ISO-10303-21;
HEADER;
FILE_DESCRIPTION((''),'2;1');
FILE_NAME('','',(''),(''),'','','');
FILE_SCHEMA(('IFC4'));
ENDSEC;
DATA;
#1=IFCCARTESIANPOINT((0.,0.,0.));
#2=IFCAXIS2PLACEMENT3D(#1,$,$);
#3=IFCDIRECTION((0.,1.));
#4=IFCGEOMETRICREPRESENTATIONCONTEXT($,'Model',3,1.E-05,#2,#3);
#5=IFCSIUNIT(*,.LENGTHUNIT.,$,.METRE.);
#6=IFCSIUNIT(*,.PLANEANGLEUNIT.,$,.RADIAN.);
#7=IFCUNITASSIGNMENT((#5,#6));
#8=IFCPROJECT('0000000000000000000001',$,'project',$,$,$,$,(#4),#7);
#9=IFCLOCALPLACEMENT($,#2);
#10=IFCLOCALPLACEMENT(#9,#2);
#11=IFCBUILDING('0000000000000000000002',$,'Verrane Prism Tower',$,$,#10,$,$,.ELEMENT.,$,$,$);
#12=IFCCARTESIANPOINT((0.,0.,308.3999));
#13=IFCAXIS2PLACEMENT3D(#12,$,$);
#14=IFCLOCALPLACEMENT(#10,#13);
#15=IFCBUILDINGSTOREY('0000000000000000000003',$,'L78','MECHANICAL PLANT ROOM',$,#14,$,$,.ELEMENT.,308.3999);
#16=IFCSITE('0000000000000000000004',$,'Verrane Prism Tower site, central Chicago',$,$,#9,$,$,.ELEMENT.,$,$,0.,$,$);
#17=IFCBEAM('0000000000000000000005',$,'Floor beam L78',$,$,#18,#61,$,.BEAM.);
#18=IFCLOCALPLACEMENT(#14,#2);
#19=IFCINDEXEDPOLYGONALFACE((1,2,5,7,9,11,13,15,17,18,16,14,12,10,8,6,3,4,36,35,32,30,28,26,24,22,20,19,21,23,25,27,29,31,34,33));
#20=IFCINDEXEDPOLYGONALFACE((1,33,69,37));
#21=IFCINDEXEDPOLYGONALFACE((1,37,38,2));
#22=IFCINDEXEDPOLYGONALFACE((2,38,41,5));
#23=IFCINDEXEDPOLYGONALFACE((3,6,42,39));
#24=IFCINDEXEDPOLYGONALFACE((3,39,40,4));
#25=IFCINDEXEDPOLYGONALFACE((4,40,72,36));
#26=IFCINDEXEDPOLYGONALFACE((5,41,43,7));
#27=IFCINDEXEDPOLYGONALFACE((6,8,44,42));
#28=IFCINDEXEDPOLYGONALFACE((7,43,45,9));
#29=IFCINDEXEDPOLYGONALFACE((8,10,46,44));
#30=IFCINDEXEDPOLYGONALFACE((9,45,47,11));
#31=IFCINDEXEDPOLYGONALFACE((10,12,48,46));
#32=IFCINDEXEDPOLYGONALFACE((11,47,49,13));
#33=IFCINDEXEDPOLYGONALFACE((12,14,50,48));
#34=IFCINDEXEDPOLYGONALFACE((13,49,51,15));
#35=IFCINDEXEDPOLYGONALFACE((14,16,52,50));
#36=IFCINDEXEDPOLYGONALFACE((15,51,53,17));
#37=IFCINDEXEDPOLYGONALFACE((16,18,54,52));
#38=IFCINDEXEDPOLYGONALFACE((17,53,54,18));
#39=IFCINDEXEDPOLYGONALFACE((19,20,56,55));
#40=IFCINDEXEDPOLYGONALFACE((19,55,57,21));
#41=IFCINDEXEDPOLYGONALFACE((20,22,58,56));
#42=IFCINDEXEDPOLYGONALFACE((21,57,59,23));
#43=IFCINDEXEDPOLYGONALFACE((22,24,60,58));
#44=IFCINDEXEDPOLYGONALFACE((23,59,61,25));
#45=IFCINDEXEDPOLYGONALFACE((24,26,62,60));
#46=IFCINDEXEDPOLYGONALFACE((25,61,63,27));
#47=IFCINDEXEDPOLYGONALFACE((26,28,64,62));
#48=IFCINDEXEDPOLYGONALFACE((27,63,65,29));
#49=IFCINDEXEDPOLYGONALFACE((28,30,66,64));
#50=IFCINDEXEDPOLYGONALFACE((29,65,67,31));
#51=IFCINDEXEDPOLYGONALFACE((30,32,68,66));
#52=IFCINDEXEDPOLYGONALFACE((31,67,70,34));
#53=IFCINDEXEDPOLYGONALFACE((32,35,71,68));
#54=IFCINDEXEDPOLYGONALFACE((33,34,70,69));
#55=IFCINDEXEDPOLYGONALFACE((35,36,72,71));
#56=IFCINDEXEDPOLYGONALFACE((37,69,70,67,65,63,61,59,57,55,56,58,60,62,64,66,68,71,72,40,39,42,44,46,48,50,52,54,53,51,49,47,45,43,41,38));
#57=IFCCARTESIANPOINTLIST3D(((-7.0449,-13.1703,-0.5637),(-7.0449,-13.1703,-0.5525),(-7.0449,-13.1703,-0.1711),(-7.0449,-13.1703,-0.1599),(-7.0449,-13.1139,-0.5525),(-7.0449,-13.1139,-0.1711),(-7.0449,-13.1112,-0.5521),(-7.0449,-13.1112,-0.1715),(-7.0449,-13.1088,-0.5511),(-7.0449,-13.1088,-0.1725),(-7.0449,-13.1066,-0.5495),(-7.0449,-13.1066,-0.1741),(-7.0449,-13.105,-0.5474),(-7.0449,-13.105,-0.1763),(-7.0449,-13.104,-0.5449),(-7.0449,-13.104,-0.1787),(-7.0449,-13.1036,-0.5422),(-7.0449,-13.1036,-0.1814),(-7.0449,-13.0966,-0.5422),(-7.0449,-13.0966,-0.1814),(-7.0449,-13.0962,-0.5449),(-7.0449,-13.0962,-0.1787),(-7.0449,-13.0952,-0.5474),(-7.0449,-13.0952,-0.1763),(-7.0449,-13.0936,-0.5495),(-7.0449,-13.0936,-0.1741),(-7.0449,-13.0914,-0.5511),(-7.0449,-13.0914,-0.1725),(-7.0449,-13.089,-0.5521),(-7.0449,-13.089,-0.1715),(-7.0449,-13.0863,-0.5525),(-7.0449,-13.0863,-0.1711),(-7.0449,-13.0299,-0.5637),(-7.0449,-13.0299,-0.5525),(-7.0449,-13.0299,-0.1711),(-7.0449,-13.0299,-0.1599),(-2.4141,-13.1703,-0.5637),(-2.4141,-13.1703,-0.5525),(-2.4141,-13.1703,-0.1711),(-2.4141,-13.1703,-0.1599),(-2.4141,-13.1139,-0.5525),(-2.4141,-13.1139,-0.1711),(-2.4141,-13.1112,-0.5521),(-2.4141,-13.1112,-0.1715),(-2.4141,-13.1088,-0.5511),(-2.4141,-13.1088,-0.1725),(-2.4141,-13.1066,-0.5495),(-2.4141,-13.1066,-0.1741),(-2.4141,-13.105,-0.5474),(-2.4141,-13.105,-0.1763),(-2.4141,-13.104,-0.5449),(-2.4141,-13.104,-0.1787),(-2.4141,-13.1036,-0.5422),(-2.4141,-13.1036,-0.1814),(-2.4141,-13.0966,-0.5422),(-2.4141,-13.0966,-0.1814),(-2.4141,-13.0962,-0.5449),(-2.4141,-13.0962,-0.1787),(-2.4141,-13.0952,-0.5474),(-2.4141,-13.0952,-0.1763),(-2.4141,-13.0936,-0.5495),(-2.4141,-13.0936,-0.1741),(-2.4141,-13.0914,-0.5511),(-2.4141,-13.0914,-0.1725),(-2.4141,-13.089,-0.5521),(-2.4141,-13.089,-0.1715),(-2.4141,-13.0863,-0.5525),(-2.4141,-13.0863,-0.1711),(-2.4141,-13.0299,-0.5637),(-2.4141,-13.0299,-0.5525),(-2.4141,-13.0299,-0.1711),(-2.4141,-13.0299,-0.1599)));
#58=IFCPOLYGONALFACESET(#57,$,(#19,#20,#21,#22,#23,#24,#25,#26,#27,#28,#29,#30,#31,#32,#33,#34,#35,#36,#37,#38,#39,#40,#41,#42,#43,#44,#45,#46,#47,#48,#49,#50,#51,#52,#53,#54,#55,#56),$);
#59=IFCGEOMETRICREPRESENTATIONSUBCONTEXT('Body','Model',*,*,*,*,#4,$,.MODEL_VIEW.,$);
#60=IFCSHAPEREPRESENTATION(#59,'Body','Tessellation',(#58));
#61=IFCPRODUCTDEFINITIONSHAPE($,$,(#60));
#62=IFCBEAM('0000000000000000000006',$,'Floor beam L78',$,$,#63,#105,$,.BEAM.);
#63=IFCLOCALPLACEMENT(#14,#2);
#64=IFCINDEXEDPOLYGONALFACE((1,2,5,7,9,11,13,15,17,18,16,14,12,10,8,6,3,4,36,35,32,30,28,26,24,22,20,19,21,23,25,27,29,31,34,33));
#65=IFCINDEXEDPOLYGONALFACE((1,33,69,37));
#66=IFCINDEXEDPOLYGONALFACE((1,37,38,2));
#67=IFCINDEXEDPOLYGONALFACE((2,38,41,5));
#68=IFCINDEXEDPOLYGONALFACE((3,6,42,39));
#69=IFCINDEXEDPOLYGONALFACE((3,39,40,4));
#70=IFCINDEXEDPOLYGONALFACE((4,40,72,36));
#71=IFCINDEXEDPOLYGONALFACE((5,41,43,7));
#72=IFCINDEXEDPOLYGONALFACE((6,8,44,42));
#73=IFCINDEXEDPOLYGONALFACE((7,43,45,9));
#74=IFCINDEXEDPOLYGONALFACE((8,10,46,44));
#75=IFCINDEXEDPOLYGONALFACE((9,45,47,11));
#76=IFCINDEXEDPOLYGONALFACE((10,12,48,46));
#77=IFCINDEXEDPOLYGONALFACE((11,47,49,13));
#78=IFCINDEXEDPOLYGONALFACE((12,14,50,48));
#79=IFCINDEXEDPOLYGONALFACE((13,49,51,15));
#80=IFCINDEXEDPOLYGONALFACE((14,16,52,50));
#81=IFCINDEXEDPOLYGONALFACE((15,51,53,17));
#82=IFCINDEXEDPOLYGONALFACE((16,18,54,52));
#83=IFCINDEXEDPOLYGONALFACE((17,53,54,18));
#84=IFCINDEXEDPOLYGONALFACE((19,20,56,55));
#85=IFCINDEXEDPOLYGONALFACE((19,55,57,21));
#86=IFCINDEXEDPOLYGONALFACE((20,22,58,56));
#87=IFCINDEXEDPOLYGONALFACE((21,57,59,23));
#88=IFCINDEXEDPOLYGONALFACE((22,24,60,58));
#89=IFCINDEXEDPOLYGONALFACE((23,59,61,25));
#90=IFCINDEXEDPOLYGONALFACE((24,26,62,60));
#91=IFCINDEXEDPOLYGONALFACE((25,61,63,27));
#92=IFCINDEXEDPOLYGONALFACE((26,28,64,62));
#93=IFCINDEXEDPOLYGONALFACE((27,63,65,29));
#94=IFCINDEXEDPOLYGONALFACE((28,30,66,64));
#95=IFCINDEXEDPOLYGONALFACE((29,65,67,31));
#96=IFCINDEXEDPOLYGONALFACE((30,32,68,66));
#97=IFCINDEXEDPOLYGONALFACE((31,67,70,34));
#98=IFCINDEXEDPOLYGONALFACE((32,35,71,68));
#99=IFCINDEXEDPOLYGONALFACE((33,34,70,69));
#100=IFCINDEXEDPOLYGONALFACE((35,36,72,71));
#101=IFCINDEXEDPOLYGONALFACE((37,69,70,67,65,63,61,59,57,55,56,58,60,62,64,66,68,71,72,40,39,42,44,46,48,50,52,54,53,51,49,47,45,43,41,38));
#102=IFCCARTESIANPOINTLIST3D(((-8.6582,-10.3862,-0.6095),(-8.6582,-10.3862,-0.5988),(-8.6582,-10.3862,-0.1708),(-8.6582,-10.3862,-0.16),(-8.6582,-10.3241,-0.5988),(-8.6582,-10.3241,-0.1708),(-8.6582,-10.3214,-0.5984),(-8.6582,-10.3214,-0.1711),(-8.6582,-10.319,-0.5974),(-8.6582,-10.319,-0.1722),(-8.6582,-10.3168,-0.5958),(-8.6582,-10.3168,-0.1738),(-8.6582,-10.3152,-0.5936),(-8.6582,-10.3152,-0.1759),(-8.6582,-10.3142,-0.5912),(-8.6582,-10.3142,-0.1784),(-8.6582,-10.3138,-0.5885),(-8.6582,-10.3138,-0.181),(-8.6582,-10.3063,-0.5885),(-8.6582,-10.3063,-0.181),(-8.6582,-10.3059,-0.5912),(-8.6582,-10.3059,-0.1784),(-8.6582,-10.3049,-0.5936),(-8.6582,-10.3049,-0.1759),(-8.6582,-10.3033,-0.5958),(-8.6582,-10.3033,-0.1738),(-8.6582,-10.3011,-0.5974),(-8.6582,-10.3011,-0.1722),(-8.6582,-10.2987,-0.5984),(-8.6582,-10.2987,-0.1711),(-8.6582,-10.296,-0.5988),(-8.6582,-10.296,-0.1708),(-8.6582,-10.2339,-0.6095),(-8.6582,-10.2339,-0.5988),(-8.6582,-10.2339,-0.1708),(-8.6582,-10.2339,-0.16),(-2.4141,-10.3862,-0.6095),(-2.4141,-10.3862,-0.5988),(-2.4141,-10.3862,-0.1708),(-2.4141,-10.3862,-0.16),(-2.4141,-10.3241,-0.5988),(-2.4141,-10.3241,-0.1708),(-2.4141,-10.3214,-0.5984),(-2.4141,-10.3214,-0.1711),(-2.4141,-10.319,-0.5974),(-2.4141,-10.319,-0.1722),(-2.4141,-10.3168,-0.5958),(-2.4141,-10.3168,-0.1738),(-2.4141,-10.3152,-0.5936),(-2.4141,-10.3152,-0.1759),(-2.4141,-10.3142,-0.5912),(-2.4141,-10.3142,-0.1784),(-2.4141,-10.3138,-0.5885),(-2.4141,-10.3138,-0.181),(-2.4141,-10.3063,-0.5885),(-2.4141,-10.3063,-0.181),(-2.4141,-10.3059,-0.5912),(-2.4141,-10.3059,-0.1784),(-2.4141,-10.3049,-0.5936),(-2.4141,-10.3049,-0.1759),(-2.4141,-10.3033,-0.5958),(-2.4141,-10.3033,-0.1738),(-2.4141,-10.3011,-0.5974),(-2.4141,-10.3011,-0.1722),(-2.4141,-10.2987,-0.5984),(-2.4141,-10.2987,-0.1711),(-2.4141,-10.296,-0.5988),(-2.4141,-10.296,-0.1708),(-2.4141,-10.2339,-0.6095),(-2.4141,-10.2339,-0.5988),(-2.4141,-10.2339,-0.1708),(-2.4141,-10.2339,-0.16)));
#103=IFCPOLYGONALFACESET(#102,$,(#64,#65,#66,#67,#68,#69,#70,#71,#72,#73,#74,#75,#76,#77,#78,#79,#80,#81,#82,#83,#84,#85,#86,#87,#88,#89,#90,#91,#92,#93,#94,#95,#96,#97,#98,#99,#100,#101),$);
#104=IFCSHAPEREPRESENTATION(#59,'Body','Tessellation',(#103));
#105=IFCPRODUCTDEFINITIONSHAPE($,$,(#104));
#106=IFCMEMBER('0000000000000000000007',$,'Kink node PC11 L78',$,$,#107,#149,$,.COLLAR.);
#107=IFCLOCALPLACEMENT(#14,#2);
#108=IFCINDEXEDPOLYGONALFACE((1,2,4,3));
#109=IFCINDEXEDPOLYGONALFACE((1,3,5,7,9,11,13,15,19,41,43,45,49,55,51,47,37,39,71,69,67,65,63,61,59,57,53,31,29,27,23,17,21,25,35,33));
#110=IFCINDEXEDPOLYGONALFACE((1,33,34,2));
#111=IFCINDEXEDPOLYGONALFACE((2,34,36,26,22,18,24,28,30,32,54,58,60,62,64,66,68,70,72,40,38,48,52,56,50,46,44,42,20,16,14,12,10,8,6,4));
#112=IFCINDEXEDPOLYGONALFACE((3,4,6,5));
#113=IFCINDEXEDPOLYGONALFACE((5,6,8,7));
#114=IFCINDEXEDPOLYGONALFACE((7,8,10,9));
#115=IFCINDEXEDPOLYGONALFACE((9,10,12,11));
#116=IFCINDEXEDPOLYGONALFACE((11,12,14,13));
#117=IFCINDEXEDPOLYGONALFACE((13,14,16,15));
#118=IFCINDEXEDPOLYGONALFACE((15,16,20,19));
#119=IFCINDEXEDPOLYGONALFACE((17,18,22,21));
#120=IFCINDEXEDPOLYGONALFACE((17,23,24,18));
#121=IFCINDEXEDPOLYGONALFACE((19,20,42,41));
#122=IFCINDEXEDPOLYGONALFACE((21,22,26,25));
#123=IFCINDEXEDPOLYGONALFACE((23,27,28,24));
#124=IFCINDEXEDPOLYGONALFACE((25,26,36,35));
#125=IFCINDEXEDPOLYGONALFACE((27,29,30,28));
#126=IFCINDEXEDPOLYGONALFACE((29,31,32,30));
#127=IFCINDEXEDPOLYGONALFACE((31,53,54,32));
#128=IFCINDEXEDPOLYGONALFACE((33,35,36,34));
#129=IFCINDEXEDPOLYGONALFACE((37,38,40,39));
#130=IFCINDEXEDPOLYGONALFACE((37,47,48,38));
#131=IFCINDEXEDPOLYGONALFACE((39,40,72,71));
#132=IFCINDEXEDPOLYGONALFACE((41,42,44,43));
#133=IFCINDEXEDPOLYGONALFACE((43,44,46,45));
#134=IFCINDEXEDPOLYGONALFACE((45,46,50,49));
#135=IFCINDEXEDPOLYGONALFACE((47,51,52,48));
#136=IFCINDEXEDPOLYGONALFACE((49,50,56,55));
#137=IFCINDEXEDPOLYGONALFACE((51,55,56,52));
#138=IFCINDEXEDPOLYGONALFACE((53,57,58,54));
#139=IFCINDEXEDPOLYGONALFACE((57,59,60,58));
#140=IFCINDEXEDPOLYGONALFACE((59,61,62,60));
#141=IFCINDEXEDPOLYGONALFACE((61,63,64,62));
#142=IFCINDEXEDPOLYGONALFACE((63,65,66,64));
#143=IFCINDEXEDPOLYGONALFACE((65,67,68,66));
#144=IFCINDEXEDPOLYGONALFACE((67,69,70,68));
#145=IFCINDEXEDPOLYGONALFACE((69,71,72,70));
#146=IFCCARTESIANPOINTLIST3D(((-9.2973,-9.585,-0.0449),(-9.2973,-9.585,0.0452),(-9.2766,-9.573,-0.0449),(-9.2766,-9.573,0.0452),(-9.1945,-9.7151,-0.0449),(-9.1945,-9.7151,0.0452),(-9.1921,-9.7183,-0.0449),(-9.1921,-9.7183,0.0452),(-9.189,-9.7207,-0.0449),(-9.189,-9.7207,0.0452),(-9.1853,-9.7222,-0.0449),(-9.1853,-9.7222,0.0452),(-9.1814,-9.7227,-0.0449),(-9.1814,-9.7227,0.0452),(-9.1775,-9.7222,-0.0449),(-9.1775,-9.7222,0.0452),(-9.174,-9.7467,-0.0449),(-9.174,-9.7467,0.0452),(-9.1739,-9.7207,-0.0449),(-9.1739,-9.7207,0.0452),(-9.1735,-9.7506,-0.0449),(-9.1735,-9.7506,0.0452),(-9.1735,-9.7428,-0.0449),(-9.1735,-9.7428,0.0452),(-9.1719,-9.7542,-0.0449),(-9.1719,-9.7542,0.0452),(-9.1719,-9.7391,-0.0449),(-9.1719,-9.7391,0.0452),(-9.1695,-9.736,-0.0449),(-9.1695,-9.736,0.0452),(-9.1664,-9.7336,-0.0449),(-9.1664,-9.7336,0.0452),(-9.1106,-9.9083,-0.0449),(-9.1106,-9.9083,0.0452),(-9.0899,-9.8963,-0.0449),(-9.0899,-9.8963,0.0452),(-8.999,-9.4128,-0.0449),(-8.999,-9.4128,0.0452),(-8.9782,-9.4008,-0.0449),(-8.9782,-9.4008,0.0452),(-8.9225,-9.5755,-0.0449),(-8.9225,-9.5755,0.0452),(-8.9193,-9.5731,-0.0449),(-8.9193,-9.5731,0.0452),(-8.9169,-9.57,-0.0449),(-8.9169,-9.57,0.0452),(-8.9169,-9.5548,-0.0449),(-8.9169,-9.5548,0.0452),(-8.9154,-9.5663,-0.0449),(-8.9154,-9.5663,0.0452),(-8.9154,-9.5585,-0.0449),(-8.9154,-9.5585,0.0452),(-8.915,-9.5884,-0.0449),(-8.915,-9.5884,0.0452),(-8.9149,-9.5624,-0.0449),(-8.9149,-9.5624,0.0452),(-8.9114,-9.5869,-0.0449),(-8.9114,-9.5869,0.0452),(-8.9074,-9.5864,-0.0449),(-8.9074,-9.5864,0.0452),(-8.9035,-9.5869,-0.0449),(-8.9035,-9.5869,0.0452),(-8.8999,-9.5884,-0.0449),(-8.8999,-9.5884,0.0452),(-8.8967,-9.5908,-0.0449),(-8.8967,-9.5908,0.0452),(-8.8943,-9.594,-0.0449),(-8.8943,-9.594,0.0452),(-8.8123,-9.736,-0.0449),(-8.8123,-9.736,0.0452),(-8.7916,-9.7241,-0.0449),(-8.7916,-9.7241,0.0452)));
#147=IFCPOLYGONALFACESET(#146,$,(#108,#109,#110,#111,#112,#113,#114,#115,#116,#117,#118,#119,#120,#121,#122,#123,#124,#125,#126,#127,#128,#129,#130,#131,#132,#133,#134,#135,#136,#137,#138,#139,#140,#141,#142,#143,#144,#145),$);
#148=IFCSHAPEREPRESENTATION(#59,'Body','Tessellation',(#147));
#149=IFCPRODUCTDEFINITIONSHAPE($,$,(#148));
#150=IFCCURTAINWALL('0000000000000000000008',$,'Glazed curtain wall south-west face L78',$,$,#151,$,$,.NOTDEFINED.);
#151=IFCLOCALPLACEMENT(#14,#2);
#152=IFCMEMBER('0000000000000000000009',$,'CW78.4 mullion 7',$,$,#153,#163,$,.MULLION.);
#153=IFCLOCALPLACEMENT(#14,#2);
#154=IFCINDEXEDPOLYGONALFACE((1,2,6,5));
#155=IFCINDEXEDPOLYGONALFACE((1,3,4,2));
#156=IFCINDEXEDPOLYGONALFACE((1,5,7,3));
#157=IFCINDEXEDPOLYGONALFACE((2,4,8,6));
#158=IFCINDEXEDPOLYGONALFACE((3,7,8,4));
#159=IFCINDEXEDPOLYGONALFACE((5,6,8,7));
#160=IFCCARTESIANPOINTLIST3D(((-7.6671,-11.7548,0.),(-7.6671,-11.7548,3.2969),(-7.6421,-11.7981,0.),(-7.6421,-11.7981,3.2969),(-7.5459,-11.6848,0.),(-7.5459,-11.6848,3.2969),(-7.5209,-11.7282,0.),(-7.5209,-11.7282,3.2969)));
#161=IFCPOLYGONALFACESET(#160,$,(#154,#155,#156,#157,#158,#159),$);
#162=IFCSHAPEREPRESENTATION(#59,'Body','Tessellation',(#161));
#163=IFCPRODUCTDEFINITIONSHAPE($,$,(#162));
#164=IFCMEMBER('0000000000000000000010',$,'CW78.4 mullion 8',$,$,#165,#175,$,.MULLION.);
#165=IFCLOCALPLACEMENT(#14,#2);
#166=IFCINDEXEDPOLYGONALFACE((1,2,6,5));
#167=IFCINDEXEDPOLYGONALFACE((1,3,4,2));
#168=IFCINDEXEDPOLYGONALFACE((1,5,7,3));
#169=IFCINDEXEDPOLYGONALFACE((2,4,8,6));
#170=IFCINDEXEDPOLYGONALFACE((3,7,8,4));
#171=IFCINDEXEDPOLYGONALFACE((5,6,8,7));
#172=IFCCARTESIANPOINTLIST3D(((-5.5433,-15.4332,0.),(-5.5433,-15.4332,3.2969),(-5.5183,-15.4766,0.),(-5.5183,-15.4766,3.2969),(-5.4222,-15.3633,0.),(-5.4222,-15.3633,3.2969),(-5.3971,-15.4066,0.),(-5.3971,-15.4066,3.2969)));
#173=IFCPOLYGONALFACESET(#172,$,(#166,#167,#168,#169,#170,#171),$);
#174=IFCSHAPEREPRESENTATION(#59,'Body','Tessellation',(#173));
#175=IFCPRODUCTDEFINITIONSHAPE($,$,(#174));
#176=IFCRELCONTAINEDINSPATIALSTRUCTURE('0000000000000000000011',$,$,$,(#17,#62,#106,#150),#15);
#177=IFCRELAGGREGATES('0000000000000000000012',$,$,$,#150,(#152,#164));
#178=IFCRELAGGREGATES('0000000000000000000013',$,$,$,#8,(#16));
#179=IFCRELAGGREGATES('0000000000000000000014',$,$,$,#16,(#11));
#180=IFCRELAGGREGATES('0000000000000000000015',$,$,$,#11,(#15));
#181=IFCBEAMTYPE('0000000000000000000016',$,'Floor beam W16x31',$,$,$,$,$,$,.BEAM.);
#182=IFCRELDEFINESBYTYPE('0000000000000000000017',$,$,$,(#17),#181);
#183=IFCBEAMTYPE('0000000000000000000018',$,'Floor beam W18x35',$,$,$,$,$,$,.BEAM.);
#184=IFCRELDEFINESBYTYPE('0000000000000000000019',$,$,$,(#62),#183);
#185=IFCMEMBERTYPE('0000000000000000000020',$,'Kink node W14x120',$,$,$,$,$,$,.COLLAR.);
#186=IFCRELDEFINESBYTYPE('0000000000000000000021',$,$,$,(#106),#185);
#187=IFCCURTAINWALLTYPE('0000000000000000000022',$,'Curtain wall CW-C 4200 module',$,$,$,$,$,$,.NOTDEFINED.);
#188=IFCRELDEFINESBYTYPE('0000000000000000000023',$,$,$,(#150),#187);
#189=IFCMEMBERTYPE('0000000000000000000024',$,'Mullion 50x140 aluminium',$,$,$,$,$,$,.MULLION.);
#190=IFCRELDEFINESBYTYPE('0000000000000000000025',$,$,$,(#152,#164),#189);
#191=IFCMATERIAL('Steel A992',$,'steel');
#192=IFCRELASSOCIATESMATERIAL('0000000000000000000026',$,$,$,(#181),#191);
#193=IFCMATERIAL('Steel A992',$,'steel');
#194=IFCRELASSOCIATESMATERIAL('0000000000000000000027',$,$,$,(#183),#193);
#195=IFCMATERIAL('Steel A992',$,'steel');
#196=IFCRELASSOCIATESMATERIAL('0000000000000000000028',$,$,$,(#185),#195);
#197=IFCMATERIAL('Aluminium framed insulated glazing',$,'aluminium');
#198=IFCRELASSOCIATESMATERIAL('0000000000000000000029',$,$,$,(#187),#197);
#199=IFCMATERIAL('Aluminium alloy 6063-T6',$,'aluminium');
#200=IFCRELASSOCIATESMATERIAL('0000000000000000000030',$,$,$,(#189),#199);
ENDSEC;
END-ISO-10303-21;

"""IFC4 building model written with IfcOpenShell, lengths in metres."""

from ifc_helpers import new_model, si_unit, direction, frame, origin, origin_2d, place, context, subcontext, project, spatial, rectangle, i_section, extrude, material, material_profile, profile_set, type_object, element, aggregate, save


model = new_model("IFC4")

# Units and contexts
model_context = context("Model", 3, precision=1e-05, world=origin(), true_north=direction((0.0, 1.0)))
body_context = subcontext(model_context, "Body", "Model", "MODEL_VIEW")
ifc_project = project(units=[si_unit("LENGTHUNIT", "METRE"), si_unit("PLANEANGLEUNIT", "RADIAN")], contexts=[model_context])

# Site, building, storey
site_placement = place(None, origin())
site = spatial("IfcSite", under=ifc_project, at=site_placement, Name="Verrane Prism Tower site, central Chicago", CompositionType="ELEMENT", RefElevation=0.0)
building_placement = place(site_placement, origin())
building = spatial("IfcBuilding", under=site, at=building_placement, Name="Verrane Prism Tower", CompositionType="ELEMENT")
storey_placement = place(building_placement, frame((0.0, 0.0, 308.3999)))
storey = spatial("IfcBuildingStorey", under=building, at=storey_placement, Name="L78", Description="MECHANICAL PLANT ROOM", CompositionType="ELEMENT", Elevation=308.3999)

# Beams
ifc_material_1 = material(Name="Steel A992", Category="steel")
ifc_material_profile_1 = material_profile(ifc_material_1, i_section(OverallWidth=0.1404, OverallDepth=0.4038, WebThickness=0.0071, FlangeThickness=0.0112, FilletRadius=0.0103, at=origin_2d()), Name="W16x31")
ifc_profile_set_1 = profile_set([ifc_material_profile_1], Name="Steel A992")
beam_type_1 = type_object("IfcBeamType", Name="Floor beam W16x31", PredefinedType="BEAM", material=ifc_profile_set_1)
beam_1_placement = place(storey_placement, frame((-7.0449, -13.1001, -0.3618), z_axis=(1.0, 0.0, 0.0), x_axis=(0.0, 1.0, 0.0)))
element("IfcBeam", 1, at=beam_1_placement, inside=storey, type_object=beam_type_1, Name="Floor beam L78", PredefinedType="BEAM", context=body_context, shape_type="SweptSolid", body=[
    extrude(i_section(OverallWidth=0.1404, OverallDepth=0.4038, WebThickness=0.0071, FlangeThickness=0.0112, FilletRadius=0.0103, at=origin_2d()), origin(), (0.0, 0.0, 1.0), 4.6309),
])
ifc_material_2 = material(Name="Steel A992", Category="steel")
ifc_material_profile_2 = material_profile(ifc_material_2, i_section(OverallWidth=0.1523, OverallDepth=0.4495, WebThickness=0.0076, FlangeThickness=0.0107, FilletRadius=0.0103, at=origin_2d()), Name="W18x35")
ifc_profile_set_2 = profile_set([ifc_material_profile_2], Name="Steel A992")
beam_type_2 = type_object("IfcBeamType", Name="Floor beam W18x35", PredefinedType="BEAM", material=ifc_profile_set_2)
beam_2_placement = place(storey_placement, frame((-8.6582, -10.3101, -0.3848), z_axis=(1.0, 0.0, 0.0), x_axis=(0.0, 1.0, 0.0)))
element("IfcBeam", 2, at=beam_2_placement, inside=storey, type_object=beam_type_2, Name="Floor beam L78", PredefinedType="BEAM", context=body_context, shape_type="SweptSolid", body=[
    extrude(i_section(OverallWidth=0.1523, OverallDepth=0.4495, WebThickness=0.0076, FlangeThickness=0.0107, FilletRadius=0.0103, at=origin_2d()), origin(), (0.0, 0.0, 1.0), 6.2441),
])

# Member
ifc_material_3 = material(Name="Steel A992", Category="steel")
ifc_material_profile_3 = material_profile(ifc_material_3, i_section(OverallWidth=0.3733, OverallDepth=0.3684, WebThickness=0.0149, FlangeThickness=0.0239, FilletRadius=0.0151, at=origin_2d()), Name="W14x120")
ifc_profile_set_3 = profile_set([ifc_material_profile_3], Name="Steel A992")
member_type_1 = type_object("IfcMemberType", Name="Kink node W14x120", PredefinedType="COLLAR", material=ifc_profile_set_3)
member_1_placement = place(storey_placement, frame((-9.0444, -9.6545, -0.0449), z_axis=(0.0, 0.0, 1.0), x_axis=(-0.5, 0.866025, 0.0)))
element("IfcMember", 3, at=member_1_placement, inside=storey, type_object=member_type_1, Name="Kink node PC11 L78", PredefinedType="COLLAR", context=body_context, shape_type="SweptSolid", body=[
    extrude(i_section(OverallWidth=0.3733, OverallDepth=0.3684, WebThickness=0.0149, FlangeThickness=0.0239, FilletRadius=0.0151, at=origin_2d()), origin(), (0.0, 0.0, 1.0), 0.0901),
])

# Curtain wall, members
ifc_material_4 = material(Name="Aluminium framed insulated glazing", Category="aluminium")
curtain_wall_type = type_object("IfcCurtainWallType", Name="Curtain wall CW-C 4200 module", PredefinedType="NOTDEFINED", material=ifc_material_4)
curtain_wall_placement = place(storey_placement, origin())
curtain_wall = element("IfcCurtainWall", 4, at=curtain_wall_placement, inside=storey, type_object=curtain_wall_type, Name="Glazed curtain wall south-west face L78", PredefinedType="NOTDEFINED")
ifc_material_5 = material(Name="Aluminium alloy 6063-T6", Category="aluminium")
ifc_material_profile_4 = material_profile(ifc_material_5, rectangle(XDim=0.1399, YDim=0.05, at=origin_2d()), Name="Mullion 50x140 aluminium")
ifc_profile_set_4 = profile_set([ifc_material_profile_4], Name="Aluminium alloy 6063-T6")
member_type_2 = type_object("IfcMemberType", Name="Mullion 50x140 aluminium", PredefinedType="MULLION", material=ifc_profile_set_4)
member_2_placement = place(storey_placement, frame((-7.594, -11.7415, 0.0), z_axis=(0.0, 0.0, 1.0), x_axis=(0.866025, 0.5, 0.0)))
member_2 = element("IfcMember", 5, at=member_2_placement, type_object=member_type_2, Name="CW78.4 mullion 7", PredefinedType="MULLION", context=body_context, shape_type="SweptSolid", body=[
    extrude(rectangle(XDim=0.1399, YDim=0.05, at=origin_2d()), origin(), (0.0, 0.0, 1.0), 3.2969),
])
member_3_placement = place(storey_placement, frame((-5.4702, -15.4199, 0.0), z_axis=(0.0, 0.0, 1.0), x_axis=(0.866025, 0.5, 0.0)))
member_3 = element("IfcMember", 6, at=member_3_placement, type_object=member_type_2, Name="CW78.4 mullion 8", PredefinedType="MULLION", context=body_context, shape_type="SweptSolid", body=[
    extrude(rectangle(XDim=0.1399, YDim=0.05, at=origin_2d()), origin(), (0.0, 0.0, 1.0), 3.2969),
])

aggregate(curtain_wall, [member_2, member_3])

save(model, "model.ifc")
